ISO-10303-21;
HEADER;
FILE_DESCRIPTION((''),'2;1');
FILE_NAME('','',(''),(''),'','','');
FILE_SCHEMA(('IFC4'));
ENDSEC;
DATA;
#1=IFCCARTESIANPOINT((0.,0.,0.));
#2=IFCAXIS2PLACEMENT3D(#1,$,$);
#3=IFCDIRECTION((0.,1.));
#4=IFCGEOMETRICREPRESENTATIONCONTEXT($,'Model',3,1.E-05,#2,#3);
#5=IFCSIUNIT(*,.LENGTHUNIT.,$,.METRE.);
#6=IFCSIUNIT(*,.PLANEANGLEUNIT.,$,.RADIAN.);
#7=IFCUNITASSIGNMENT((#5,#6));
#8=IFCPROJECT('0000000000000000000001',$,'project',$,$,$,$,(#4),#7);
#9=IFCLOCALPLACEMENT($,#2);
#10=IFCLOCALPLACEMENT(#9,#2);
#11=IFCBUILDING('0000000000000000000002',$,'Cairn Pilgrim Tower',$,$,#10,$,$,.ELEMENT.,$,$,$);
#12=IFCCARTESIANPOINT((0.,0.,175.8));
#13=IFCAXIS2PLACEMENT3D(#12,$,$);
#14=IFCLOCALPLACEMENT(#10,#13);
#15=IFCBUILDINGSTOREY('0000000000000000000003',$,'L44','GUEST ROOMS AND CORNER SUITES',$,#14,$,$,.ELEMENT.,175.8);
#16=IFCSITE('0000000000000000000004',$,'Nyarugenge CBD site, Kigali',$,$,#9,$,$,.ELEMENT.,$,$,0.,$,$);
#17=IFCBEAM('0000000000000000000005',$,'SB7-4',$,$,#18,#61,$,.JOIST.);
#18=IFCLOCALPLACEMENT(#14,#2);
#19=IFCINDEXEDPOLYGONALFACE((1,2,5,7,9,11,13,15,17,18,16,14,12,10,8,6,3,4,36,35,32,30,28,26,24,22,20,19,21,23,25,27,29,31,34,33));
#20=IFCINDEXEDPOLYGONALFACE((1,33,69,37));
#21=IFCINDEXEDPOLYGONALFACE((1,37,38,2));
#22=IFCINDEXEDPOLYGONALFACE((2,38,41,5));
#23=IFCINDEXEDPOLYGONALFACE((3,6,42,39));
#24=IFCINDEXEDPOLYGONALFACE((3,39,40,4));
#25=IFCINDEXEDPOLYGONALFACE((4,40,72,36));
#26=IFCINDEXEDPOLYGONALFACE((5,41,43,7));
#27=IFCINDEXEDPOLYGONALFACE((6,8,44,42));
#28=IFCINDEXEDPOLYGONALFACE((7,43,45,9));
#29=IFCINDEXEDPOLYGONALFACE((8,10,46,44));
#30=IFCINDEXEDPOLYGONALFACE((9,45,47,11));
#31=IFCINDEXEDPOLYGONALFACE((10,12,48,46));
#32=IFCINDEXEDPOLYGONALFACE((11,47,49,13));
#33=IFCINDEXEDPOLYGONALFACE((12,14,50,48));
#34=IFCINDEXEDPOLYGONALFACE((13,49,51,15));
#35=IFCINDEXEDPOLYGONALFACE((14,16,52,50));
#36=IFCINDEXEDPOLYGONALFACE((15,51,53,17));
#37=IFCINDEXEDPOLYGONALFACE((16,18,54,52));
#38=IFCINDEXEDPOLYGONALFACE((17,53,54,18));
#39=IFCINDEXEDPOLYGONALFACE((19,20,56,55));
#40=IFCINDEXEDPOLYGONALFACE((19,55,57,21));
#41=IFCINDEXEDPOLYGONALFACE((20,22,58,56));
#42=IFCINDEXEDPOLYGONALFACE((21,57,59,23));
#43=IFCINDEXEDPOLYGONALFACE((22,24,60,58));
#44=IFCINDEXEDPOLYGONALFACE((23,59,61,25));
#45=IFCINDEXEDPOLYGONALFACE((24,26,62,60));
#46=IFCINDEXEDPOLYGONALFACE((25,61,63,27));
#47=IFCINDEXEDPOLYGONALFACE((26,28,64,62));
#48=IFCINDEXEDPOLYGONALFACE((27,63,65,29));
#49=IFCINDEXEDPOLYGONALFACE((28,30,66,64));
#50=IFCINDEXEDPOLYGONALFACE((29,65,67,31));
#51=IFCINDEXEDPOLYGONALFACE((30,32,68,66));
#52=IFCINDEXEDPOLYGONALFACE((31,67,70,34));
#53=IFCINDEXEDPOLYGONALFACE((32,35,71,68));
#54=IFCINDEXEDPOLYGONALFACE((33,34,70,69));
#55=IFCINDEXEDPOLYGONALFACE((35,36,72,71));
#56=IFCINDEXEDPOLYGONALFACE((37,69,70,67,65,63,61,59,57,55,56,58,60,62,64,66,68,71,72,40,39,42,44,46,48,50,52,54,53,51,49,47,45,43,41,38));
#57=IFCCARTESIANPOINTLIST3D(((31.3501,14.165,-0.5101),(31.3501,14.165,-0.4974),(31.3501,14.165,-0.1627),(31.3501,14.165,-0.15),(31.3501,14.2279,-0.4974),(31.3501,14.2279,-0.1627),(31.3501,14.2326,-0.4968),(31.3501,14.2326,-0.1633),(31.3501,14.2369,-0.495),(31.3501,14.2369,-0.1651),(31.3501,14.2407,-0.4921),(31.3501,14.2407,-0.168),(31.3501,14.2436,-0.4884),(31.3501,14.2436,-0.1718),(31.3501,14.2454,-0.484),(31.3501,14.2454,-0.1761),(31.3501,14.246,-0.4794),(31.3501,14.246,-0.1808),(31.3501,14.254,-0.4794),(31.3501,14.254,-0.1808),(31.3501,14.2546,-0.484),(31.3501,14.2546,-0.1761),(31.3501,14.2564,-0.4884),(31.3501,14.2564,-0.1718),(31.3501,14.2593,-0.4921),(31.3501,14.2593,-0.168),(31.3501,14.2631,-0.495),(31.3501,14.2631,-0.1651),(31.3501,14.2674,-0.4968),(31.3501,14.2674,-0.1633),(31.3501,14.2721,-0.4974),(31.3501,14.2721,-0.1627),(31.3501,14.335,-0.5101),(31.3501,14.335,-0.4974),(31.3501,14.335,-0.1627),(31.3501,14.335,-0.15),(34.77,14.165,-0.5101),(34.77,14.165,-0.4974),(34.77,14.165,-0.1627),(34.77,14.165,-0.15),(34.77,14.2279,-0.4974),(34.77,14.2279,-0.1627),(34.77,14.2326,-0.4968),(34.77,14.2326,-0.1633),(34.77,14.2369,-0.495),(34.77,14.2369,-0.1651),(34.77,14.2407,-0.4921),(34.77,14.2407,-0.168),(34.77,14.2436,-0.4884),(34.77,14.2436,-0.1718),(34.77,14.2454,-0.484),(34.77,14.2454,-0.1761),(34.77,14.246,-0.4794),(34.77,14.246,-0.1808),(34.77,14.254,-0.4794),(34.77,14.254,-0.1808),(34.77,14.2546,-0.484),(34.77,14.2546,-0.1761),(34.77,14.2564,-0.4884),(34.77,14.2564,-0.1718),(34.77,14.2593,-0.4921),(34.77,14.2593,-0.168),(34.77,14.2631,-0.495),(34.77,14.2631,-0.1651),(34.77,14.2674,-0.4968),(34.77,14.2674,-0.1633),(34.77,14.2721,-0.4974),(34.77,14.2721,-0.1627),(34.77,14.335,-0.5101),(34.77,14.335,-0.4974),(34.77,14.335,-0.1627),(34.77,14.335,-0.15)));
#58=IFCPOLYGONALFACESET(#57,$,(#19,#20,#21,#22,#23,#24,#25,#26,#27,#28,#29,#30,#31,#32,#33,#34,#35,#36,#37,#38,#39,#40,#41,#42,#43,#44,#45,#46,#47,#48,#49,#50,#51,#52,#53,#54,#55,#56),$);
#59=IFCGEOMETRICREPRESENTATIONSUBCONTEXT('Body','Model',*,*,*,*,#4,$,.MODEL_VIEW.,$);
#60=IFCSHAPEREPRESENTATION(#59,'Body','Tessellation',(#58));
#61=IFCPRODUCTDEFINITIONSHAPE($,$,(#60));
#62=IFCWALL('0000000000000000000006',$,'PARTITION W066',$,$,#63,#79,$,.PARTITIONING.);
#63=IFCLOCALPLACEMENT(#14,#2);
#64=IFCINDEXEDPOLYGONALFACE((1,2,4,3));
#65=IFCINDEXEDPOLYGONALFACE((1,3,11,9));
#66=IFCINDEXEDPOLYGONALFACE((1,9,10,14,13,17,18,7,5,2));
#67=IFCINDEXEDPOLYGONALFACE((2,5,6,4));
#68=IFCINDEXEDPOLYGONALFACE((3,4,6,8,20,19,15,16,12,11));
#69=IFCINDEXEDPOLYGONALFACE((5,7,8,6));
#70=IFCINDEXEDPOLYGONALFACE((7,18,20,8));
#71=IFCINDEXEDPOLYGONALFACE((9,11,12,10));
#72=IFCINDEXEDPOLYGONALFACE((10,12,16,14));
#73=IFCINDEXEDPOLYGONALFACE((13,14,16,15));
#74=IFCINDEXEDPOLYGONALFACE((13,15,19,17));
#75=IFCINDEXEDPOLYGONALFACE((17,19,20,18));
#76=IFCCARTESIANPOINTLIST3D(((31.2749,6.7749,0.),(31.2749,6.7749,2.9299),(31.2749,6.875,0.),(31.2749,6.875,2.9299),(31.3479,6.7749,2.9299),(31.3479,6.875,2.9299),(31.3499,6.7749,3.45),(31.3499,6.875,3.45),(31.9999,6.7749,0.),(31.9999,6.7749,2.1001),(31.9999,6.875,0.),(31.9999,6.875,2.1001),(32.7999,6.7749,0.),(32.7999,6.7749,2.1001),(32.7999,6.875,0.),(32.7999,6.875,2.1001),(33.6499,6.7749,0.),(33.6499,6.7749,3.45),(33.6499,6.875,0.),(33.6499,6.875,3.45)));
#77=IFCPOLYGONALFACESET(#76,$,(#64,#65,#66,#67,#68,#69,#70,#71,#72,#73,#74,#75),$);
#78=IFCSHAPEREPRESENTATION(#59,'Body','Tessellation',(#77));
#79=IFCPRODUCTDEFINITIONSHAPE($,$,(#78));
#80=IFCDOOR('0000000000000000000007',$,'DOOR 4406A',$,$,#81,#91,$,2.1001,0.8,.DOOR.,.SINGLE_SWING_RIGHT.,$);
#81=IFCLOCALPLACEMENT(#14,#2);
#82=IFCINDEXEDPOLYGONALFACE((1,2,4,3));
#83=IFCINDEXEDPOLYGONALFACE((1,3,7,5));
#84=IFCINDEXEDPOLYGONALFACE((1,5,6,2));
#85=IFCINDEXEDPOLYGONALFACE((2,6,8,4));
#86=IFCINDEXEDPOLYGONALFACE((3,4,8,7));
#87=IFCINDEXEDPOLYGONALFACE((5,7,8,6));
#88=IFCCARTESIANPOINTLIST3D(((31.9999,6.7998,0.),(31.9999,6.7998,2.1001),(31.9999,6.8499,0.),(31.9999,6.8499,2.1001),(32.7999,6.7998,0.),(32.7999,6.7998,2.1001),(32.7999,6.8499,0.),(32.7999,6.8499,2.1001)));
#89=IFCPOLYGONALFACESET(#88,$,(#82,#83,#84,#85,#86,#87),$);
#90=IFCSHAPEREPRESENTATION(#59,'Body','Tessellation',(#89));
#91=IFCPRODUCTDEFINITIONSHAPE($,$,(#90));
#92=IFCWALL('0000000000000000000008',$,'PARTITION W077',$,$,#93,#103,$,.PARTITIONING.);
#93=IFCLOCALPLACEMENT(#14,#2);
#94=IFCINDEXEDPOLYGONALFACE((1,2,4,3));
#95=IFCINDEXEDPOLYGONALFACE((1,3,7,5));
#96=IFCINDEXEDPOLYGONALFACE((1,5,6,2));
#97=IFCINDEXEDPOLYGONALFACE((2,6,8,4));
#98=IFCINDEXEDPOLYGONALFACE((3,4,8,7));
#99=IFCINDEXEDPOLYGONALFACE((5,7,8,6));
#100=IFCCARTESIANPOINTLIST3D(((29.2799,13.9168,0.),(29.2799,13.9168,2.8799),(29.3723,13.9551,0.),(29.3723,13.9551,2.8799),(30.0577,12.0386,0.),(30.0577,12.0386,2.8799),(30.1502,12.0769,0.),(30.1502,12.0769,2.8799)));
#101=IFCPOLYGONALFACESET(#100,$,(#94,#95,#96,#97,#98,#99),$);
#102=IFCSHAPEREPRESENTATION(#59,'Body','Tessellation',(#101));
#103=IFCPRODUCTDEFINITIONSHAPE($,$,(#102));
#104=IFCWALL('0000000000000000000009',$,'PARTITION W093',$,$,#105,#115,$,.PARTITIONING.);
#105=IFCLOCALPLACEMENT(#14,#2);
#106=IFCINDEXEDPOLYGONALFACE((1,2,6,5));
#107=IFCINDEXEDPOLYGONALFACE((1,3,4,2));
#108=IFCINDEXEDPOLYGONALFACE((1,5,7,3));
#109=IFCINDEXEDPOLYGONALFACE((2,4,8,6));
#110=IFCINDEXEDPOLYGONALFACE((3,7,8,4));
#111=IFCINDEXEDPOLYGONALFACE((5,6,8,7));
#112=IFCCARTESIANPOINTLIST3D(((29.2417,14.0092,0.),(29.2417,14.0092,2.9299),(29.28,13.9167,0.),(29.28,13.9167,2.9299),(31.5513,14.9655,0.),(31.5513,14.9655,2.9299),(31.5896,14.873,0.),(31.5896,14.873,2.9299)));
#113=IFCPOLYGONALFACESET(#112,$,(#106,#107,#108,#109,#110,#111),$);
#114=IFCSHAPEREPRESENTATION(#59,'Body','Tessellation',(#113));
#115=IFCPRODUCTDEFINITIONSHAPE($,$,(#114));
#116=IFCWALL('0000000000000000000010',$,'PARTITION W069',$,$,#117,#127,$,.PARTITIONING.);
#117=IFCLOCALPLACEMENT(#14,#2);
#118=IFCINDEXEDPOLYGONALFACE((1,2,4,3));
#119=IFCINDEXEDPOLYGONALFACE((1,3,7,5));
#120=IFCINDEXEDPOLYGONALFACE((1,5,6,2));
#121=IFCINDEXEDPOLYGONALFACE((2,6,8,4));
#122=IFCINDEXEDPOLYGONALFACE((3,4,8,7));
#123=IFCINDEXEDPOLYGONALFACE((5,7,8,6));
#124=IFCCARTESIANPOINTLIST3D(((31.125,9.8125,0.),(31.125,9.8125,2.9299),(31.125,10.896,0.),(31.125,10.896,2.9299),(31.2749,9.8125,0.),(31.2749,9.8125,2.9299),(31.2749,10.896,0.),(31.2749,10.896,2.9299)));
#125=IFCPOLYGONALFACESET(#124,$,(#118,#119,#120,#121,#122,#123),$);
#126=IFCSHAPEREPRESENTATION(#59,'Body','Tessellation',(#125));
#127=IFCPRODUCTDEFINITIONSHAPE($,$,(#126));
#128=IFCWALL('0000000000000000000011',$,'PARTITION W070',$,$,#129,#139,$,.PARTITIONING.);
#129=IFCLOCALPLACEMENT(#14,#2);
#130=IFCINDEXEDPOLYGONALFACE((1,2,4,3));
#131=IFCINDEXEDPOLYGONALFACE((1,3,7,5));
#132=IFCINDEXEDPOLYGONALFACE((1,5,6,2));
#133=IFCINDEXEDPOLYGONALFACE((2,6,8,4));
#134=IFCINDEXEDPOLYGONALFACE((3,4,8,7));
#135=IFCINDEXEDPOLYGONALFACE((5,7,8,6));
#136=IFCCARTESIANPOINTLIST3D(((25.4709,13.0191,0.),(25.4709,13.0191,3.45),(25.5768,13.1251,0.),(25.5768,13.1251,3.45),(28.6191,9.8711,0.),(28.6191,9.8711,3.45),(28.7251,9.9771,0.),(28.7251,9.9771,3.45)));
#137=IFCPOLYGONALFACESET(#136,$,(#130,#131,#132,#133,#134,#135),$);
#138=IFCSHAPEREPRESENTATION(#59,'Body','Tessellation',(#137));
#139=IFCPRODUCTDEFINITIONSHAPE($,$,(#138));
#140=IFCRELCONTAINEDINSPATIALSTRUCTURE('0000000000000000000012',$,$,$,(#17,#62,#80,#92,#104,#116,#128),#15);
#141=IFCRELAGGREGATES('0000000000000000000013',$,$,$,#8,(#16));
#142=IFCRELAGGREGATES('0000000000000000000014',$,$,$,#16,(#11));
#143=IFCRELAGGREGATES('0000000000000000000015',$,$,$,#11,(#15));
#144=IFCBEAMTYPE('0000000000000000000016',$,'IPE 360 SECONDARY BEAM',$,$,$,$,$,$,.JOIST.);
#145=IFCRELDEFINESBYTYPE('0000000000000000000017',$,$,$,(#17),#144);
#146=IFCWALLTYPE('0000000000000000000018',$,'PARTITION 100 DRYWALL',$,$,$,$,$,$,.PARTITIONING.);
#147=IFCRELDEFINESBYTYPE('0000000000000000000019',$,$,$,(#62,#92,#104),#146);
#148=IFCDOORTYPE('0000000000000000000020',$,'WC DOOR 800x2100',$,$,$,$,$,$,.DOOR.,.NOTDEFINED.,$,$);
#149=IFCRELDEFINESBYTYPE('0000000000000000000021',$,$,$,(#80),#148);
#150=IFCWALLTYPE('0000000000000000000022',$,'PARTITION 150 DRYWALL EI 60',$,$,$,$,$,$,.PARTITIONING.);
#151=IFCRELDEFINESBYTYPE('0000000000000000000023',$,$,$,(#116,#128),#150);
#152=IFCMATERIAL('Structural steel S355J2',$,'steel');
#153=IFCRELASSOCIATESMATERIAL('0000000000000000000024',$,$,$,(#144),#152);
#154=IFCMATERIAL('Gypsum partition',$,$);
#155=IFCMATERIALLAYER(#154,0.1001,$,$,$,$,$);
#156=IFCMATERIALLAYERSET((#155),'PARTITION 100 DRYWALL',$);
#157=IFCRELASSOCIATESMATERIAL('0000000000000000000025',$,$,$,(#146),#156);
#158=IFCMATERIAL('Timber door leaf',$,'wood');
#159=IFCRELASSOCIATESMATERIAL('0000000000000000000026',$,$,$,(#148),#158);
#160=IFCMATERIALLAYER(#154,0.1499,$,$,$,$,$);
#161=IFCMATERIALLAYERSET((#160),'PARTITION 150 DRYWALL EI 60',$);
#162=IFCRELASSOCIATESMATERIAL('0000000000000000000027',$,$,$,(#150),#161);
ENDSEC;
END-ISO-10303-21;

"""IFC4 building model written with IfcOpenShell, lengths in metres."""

from ifc_helpers import new_model, si_unit, direction, frame, frame_2d, origin, origin_2d, place, context, subcontext, project, spatial, polyline, rectangle, i_section, outline, extrude, material, layer, layer_set, material_profile, profile_set, type_object, element, fill, save


model = new_model("IFC4")

# Units and contexts
model_context = context("Model", 3, precision=1e-05, world=origin(), true_north=direction((0.0, 1.0)))
body_context = subcontext(model_context, "Body", "Model", "MODEL_VIEW")
ifc_project = project(units=[si_unit("LENGTHUNIT", "METRE"), si_unit("PLANEANGLEUNIT", "RADIAN")], contexts=[model_context])

# Site, building, storey
site_placement = place(None, origin())
site = spatial("IfcSite", under=ifc_project, at=site_placement, Name="Nyarugenge CBD site, Kigali", CompositionType="ELEMENT", RefElevation=0.0)
building_placement = place(site_placement, origin())
building = spatial("IfcBuilding", under=site, at=building_placement, Name="Cairn Pilgrim Tower", CompositionType="ELEMENT")
storey_placement = place(building_placement, frame((0.0, 0.0, 175.8)))
storey = spatial("IfcBuildingStorey", under=building, at=storey_placement, Name="L44", Description="GUEST ROOMS AND CORNER SUITES", CompositionType="ELEMENT", Elevation=175.8)

# Beam
ifc_material_1 = material(Name="Structural steel S355J2", Category="steel")
ifc_material_profile_1 = material_profile(ifc_material_1, i_section(OverallWidth=0.1699, OverallDepth=0.3601, WebThickness=0.0081, FlangeThickness=0.0127, FilletRadius=0.0181, at=origin_2d()), Name="IPE 360")
ifc_profile_set_1 = profile_set([ifc_material_profile_1], Name="Structural steel S355J2")
beam_type_1 = type_object("IfcBeamType", Name="IPE 360 SECONDARY BEAM", PredefinedType="JOIST", material=ifc_profile_set_1)
beam_1_placement = place(storey_placement, frame((31.3501, 14.25, -0.3301), z_axis=(1.0, 0.0, 0.0), x_axis=(0.0, 1.0, 0.0)))
element("IfcBeam", 1, at=beam_1_placement, inside=storey, type_object=beam_type_1, Name="SB7-4", PredefinedType="JOIST", context=body_context, shape_type="SweptSolid", body=[
    extrude(i_section(OverallWidth=0.1699, OverallDepth=0.3601, WebThickness=0.0081, FlangeThickness=0.0127, FilletRadius=0.0181, at=origin_2d()), origin(), (0.0, 0.0, 1.0), 3.4199),
])

# Wall, opening, door
ifc_material_2 = material(Name="Gypsum partition")
ifc_layer_1 = layer(ifc_material_2, 0.1001)
ifc_layer_set_1 = layer_set([ifc_layer_1], Name="PARTITION 100 DRYWALL")
wall_type_1 = type_object("IfcWallType", Name="PARTITION 100 DRYWALL", PredefinedType="PARTITIONING", material=ifc_layer_set_1)
wall_1_placement = place(storey_placement, frame((31.2749, 6.825, 0.0), z_axis=(0.0, 0.0, 1.0), x_axis=(1.0, 0.0, 0.0)))
wall_1 = element("IfcWall", 2, at=wall_1_placement, inside=storey, type_object=wall_type_1, Name="PARTITION W066", PredefinedType="PARTITIONING", context=body_context, shape_type="SweptSolid", body=[
    extrude(outline(polyline([(0.0, 0.0), (2.375, 0.0), (2.375, 3.45), (0.075, 3.45), (0.073, 2.9299), (0.0, 2.9299), (0.0, 0.0)])), frame((0.0, 0.05, 0.0), z_axis=(0.0, -1.0, 0.0), x_axis=(1.0, 0.0, 0.0)), (0.0, 0.0, 1.0), 0.1001),
])
opening_1_placement = place(wall_1_placement, frame((0.7251, 0.0, 0.0)))
opening_1 = element("IfcOpeningElement", 3, at=opening_1_placement, cuts=wall_1, PredefinedType="OPENING", context=body_context, shape_type="SweptSolid", body=[
    extrude(rectangle(XDim=0.8, YDim=2.1001, at=frame_2d((0.3999, 1.05))), frame((0.0, 0.0601, 0.0), z_axis=(0.0, -1.0, 0.0), x_axis=(1.0, 0.0, 0.0)), (0.0, 0.0, 1.0), 0.1201),
])
ifc_material_3 = material(Name="Timber door leaf", Category="wood")
door_type_1 = type_object("IfcDoorType", Name="WC DOOR 800x2100", OperationType="NOTDEFINED", PredefinedType="DOOR", material=ifc_material_3)
door_1_placement = place(opening_1_placement, origin())
door_1 = element("IfcDoor", 4, at=door_1_placement, inside=storey, type_object=door_type_1, Name="DOOR 4406A", OperationType="SINGLE_SWING_RIGHT", OverallHeight=2.1001, OverallWidth=0.8, PredefinedType="DOOR", context=body_context, shape_type="SweptSolid", body=[
    extrude(rectangle(XDim=0.8, YDim=2.1001, at=frame_2d((0.3999, 1.05))), frame((0.0, 0.0249, 0.0), z_axis=(0.0, -1.0, 0.0), x_axis=(1.0, 0.0, 0.0)), (0.0, 0.0, 1.0), 0.05),
])
fill(opening_1, door_1)

# Walls
wall_2_placement = place(storey_placement, frame((30.104, 12.0576, 0.0), z_axis=(0.0, 0.0, 1.0), x_axis=(-0.382628, 0.923903, 0.0)))
element("IfcWall", 5, at=wall_2_placement, inside=storey, type_object=wall_type_1, Name="PARTITION W077", PredefinedType="PARTITIONING", context=body_context, shape_type="SweptSolid", body=[
    extrude(rectangle(XDim=2.033, YDim=0.1001, at=frame_2d((1.0166, 0.0))), origin(), (0.0, 0.0, 1.0), 2.8799),
])
wall_3_placement = place(storey_placement, frame((29.2607, 13.9629, 0.0), z_axis=(0.0, 0.0, 1.0), x_axis=(0.92393, 0.382562, 0.0)))
element("IfcWall", 6, at=wall_3_placement, inside=storey, type_object=wall_type_1, Name="PARTITION W093", PredefinedType="PARTITIONING", context=body_context, shape_type="SweptSolid", body=[
    extrude(rectangle(XDim=2.4998, YDim=0.1001, at=frame_2d((1.25, 0.0))), origin(), (0.0, 0.0, 1.0), 2.9299),
])
ifc_layer_2 = layer(ifc_material_2, 0.1499)
ifc_layer_set_2 = layer_set([ifc_layer_2], Name="PARTITION 150 DRYWALL EI 60")
wall_type_2 = type_object("IfcWallType", Name="PARTITION 150 DRYWALL EI 60", PredefinedType="PARTITIONING", material=ifc_layer_set_2)
wall_4_placement = place(storey_placement, frame((31.2, 9.8125, 0.0), z_axis=(0.0, 0.0, 1.0), x_axis=(0.0, 1.0, 0.0)))
element("IfcWall", 7, at=wall_4_placement, inside=storey, type_object=wall_type_2, Name="PARTITION W069", PredefinedType="PARTITIONING", context=body_context, shape_type="SweptSolid", body=[
    extrude(rectangle(XDim=1.0835, YDim=0.1499, at=frame_2d((0.5417, 0.0))), origin(), (0.0, 0.0, 1.0), 2.9299),
])
wall_5_placement = place(storey_placement, frame((28.6721, 9.9241, 0.0), z_axis=(0.0, 0.0, 1.0), x_axis=(-0.707134, 0.707079, 0.0)))
element("IfcWall", 8, at=wall_5_placement, inside=storey, type_object=wall_type_2, Name="PARTITION W070", PredefinedType="PARTITIONING", context=body_context, shape_type="SweptSolid", body=[
    extrude(rectangle(XDim=4.4521, YDim=0.1499, at=frame_2d((2.2261, 0.0))), origin(), (0.0, 0.0, 1.0), 3.45),
])

save(model, "model.ifc")
